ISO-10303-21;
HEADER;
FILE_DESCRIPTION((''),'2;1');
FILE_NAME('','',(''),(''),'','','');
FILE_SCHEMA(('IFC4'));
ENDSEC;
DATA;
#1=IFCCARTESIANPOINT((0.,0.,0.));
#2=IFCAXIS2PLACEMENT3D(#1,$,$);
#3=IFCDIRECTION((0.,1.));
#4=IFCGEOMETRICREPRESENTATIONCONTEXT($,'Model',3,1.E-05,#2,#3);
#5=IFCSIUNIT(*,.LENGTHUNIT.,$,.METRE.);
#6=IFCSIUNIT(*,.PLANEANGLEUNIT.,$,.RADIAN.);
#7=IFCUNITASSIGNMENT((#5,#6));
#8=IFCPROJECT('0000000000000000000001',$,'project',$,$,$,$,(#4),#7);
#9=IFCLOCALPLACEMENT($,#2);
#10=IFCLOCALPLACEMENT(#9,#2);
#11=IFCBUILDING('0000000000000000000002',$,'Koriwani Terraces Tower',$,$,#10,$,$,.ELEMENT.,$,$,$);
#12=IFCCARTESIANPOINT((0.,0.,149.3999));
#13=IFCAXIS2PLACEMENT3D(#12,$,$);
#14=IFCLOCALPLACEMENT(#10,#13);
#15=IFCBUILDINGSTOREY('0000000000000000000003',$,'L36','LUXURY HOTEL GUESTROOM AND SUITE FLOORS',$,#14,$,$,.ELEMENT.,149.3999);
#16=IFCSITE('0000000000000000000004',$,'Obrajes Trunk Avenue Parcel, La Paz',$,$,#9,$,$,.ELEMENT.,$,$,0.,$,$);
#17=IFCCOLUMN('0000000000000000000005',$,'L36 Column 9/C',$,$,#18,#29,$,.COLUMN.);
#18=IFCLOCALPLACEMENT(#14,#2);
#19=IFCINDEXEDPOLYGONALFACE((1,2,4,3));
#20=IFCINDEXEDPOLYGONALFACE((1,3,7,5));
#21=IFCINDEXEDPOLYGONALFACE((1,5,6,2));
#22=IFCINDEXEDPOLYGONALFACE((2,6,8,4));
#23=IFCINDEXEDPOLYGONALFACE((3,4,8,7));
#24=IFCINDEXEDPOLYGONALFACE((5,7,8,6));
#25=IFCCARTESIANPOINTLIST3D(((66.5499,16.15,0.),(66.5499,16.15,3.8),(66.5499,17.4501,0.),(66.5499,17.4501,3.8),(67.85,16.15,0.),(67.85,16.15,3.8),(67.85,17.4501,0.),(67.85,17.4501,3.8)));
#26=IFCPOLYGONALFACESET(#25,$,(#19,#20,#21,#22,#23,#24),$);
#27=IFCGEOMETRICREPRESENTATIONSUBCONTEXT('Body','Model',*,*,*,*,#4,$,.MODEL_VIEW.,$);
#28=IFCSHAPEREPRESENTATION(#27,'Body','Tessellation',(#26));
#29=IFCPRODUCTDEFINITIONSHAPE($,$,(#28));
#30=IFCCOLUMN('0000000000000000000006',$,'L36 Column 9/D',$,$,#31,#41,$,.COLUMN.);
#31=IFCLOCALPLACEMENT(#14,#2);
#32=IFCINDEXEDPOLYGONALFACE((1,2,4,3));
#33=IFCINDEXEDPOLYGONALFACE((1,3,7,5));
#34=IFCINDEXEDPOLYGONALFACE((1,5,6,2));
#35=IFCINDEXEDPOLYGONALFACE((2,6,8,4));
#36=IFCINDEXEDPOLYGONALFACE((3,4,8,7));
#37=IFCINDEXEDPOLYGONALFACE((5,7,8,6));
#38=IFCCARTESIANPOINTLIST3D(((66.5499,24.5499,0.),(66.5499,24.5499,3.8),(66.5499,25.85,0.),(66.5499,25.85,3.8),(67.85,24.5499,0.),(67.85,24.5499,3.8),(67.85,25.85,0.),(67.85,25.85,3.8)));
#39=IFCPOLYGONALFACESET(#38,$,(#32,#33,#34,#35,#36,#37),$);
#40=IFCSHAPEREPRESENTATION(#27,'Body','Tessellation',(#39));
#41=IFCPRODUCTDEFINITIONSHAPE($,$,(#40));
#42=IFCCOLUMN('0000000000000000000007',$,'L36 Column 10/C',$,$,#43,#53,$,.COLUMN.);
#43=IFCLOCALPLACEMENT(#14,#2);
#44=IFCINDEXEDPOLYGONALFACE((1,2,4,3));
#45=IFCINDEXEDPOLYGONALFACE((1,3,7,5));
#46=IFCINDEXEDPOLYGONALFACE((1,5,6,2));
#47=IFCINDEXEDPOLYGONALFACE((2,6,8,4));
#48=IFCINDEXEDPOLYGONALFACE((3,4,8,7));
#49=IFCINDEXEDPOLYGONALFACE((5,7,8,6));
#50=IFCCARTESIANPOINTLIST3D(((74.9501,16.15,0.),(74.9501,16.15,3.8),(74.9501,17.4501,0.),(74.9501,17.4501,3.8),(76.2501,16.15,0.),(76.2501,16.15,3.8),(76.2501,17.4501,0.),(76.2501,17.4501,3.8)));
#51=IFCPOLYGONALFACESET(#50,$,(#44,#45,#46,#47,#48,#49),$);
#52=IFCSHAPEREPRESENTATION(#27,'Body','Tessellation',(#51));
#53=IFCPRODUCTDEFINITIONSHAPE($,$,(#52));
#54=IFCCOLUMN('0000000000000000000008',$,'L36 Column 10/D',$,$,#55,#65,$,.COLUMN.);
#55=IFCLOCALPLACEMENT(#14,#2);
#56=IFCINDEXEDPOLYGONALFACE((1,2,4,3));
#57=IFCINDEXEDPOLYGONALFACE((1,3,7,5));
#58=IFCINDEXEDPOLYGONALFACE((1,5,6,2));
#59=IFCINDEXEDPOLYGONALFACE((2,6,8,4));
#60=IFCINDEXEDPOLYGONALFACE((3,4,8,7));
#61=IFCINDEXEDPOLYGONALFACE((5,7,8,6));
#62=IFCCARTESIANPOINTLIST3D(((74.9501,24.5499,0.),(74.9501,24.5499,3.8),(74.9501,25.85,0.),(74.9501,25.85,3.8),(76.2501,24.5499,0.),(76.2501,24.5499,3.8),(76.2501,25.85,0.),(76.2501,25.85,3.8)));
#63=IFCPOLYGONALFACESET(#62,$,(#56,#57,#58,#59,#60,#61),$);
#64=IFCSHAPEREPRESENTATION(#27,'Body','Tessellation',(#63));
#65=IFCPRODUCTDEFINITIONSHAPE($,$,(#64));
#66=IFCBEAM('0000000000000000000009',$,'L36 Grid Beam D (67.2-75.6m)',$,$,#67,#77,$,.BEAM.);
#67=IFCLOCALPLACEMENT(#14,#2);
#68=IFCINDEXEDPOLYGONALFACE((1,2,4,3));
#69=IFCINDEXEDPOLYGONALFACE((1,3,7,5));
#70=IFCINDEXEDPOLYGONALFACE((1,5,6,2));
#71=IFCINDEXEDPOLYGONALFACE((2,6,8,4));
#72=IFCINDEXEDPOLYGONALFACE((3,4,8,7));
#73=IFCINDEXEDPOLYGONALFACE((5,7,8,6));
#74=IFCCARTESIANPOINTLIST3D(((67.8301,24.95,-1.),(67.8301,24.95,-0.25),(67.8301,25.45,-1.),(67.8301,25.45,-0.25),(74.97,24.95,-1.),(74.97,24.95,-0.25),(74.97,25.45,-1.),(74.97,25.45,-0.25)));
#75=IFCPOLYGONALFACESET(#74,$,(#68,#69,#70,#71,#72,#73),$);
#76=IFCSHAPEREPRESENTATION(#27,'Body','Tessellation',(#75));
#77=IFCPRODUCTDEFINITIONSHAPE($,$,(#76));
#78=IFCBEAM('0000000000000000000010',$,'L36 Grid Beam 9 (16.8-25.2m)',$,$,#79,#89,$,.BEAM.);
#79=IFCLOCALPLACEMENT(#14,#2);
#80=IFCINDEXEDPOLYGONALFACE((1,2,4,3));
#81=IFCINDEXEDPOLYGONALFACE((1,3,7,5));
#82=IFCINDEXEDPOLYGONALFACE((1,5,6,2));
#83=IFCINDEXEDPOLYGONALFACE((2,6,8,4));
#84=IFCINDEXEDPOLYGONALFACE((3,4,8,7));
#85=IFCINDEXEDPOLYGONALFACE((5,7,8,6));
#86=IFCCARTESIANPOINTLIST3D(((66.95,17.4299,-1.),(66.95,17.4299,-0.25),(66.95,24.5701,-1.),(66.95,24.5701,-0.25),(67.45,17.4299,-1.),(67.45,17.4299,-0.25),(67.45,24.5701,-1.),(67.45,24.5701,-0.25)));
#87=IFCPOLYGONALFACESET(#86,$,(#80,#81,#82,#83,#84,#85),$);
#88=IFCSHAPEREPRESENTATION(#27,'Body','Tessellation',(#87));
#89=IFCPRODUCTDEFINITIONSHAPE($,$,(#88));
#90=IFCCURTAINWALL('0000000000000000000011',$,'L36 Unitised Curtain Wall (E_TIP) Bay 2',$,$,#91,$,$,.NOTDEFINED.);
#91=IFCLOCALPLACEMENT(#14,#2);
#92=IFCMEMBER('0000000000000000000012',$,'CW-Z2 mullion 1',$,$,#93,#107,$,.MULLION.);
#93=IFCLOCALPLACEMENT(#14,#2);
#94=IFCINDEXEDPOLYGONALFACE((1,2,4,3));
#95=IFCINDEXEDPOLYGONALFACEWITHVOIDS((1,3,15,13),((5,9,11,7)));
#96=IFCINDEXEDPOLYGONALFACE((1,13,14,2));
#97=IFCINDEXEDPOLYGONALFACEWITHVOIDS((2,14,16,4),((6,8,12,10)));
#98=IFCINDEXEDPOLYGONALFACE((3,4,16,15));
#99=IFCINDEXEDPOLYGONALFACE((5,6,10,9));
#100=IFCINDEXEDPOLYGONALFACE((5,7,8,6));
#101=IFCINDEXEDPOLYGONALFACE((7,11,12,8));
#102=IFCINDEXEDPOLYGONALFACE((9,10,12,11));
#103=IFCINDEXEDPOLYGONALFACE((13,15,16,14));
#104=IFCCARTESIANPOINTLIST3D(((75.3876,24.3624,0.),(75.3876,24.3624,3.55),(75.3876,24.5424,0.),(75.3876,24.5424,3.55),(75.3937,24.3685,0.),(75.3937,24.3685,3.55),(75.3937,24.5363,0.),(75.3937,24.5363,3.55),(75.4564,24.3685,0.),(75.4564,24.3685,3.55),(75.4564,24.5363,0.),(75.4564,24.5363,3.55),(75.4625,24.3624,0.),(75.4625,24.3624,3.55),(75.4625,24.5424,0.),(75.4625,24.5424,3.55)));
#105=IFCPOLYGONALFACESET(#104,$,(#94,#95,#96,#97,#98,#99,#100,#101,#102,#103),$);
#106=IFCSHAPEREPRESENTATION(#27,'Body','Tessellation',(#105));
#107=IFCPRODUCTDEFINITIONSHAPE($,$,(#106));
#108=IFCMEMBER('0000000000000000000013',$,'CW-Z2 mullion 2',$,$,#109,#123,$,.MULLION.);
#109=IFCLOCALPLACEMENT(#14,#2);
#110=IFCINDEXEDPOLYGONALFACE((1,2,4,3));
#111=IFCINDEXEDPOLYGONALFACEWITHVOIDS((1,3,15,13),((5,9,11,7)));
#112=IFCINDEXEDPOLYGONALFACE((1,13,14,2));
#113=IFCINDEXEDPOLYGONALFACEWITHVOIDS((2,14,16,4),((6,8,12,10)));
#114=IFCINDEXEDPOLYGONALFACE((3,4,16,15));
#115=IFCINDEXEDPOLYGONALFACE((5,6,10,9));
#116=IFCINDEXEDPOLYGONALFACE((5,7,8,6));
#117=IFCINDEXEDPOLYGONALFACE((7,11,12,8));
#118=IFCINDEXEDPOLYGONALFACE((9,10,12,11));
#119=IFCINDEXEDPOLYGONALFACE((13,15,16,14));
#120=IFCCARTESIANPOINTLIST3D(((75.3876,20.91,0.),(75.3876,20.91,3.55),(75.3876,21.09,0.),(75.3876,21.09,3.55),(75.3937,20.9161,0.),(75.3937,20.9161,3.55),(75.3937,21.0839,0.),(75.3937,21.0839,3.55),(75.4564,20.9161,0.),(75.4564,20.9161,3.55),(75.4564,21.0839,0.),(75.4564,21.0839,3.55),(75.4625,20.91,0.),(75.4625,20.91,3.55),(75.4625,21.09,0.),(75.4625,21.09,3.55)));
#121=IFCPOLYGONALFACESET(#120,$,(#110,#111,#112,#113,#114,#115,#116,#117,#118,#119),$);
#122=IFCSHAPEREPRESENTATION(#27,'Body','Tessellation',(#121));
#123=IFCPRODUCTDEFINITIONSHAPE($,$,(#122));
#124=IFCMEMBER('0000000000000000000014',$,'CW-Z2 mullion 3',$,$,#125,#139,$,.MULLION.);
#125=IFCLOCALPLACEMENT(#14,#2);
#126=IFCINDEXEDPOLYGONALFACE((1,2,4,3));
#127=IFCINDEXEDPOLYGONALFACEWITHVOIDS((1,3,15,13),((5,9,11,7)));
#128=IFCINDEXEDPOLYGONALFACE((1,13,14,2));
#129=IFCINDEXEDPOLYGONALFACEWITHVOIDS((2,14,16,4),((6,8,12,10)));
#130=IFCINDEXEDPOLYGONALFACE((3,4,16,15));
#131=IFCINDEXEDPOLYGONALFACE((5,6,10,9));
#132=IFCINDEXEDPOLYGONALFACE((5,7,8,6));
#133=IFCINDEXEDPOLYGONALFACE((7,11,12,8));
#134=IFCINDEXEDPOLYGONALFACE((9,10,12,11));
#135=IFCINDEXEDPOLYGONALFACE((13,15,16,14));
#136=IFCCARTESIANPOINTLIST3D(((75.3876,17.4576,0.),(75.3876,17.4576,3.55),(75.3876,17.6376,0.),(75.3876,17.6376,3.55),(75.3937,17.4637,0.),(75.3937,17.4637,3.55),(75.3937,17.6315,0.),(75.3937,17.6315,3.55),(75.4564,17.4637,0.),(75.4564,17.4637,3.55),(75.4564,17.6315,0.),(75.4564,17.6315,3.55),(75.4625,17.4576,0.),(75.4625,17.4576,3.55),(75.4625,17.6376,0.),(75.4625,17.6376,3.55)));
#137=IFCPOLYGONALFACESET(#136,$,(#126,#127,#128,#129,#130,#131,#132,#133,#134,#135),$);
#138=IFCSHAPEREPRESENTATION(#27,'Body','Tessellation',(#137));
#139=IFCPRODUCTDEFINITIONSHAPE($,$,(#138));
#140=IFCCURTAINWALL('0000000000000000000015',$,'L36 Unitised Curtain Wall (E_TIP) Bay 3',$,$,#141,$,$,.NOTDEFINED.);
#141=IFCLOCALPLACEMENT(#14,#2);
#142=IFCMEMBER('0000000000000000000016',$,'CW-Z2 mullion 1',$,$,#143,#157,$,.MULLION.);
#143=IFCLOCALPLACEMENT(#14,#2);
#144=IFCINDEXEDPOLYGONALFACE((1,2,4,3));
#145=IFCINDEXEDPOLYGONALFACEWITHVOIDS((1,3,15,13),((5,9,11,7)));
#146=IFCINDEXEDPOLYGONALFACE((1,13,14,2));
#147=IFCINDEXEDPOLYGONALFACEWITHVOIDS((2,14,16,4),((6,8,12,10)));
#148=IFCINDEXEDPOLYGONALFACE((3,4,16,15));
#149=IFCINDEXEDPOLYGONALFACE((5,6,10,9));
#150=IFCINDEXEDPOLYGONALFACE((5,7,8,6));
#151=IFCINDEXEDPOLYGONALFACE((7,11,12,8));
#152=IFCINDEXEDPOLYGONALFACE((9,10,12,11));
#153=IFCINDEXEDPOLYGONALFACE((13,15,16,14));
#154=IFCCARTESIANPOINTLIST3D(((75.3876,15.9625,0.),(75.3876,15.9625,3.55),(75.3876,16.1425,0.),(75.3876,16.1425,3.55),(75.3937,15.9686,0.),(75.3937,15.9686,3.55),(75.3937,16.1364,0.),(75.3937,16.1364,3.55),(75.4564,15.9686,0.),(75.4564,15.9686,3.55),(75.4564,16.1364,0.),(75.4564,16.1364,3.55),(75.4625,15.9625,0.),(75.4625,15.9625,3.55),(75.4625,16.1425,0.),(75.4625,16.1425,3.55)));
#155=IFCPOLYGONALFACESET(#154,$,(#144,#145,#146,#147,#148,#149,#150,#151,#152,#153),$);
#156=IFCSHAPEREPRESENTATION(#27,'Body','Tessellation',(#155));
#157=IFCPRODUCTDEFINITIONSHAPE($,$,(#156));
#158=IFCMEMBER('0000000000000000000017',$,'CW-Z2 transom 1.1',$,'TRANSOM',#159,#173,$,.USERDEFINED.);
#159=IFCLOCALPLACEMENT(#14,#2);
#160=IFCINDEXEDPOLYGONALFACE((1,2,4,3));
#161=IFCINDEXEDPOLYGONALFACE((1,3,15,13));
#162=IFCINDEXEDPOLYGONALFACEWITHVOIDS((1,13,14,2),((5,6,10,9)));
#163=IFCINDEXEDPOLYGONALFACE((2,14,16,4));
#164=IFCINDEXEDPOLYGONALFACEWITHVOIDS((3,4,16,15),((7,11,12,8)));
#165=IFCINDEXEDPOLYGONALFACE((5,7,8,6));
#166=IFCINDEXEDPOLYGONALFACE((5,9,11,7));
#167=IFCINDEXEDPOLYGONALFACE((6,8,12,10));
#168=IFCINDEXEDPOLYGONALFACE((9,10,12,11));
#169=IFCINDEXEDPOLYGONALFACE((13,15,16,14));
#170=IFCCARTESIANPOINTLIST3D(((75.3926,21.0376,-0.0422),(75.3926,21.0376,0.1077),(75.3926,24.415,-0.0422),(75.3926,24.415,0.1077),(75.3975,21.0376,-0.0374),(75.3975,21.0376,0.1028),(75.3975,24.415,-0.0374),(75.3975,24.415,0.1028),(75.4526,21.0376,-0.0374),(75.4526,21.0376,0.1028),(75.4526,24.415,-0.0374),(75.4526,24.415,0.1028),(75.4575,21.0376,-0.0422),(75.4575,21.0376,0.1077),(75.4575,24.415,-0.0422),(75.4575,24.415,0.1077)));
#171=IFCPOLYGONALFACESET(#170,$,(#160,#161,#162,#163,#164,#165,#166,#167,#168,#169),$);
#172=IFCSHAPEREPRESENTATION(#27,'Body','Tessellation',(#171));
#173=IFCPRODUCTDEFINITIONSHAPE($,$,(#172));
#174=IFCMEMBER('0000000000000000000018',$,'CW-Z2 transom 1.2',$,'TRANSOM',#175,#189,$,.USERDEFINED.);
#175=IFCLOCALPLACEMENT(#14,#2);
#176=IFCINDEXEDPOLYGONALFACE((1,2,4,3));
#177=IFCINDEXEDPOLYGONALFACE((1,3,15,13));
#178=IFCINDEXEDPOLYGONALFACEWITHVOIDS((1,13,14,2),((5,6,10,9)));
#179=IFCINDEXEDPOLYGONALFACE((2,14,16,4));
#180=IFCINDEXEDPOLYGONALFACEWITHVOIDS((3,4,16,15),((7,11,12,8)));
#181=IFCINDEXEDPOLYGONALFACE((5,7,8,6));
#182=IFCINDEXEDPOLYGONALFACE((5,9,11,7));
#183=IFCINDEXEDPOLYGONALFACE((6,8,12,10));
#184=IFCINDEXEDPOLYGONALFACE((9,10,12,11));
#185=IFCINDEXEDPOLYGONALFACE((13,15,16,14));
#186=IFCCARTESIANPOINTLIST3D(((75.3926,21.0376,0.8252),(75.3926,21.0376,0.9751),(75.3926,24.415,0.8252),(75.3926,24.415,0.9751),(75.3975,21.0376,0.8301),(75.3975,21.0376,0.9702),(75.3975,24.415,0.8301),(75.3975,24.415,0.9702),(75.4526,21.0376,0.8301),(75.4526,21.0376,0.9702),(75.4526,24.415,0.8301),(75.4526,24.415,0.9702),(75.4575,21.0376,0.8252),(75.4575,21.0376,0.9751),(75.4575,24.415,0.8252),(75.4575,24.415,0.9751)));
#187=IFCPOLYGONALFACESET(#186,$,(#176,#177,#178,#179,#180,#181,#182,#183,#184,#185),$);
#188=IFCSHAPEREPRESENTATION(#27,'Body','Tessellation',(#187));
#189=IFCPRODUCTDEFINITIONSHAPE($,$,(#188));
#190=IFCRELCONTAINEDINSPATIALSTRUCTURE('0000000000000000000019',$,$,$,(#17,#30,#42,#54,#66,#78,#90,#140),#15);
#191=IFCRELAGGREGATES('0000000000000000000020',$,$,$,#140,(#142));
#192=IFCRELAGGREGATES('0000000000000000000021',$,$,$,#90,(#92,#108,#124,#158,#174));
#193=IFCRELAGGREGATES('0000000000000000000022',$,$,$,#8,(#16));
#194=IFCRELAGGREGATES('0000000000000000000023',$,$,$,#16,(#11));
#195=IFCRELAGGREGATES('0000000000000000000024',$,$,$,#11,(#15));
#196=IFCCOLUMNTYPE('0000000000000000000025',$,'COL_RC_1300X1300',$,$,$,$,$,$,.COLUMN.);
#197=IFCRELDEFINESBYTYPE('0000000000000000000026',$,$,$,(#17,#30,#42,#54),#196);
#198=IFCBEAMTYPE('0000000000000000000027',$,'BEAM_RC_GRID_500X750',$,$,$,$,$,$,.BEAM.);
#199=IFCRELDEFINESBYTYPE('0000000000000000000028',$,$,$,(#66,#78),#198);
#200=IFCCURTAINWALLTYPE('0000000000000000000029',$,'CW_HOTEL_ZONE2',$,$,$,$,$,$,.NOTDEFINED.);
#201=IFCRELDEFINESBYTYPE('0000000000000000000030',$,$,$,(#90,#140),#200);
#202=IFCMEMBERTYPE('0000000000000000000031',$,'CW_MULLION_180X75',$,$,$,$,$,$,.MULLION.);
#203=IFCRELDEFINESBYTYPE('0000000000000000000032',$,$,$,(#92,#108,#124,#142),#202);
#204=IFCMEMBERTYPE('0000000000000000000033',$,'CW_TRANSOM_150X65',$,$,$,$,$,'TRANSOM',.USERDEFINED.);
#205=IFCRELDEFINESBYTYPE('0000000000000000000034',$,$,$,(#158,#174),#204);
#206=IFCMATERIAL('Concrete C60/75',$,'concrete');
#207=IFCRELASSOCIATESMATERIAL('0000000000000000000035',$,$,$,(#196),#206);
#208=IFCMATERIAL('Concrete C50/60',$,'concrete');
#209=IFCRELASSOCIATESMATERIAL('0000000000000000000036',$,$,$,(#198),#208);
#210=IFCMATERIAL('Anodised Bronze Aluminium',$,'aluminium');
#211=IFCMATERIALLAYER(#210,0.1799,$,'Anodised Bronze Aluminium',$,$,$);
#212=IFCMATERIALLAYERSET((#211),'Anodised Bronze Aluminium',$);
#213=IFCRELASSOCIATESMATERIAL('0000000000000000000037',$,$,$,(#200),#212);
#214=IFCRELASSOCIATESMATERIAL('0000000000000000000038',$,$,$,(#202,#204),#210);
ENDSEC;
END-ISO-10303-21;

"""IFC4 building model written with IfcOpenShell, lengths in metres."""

from ifc_helpers import new_model, si_unit, direction, frame, origin, origin_2d, place, context, subcontext, project, spatial, rectangle, hollow_rectangle, extrude, material, layer, layer_set, material_profile, profile_set, type_object, element, aggregate, save


model = new_model("IFC4")

# Units and contexts
model_context = context("Model", 3, precision=1e-05, world=origin(), true_north=direction((0.0, 1.0)))
body_context = subcontext(model_context, "Body", "Model", "MODEL_VIEW")
ifc_project = project(units=[si_unit("LENGTHUNIT", "METRE"), si_unit("PLANEANGLEUNIT", "RADIAN")], contexts=[model_context])

# Site, building, storey
site_placement = place(None, origin())
site = spatial("IfcSite", under=ifc_project, at=site_placement, Name="Obrajes Trunk Avenue Parcel, La Paz", CompositionType="ELEMENT", RefElevation=0.0)
building_placement = place(site_placement, origin())
building = spatial("IfcBuilding", under=site, at=building_placement, Name="Koriwani Terraces Tower", CompositionType="ELEMENT")
storey_placement = place(building_placement, frame((0.0, 0.0, 149.3999)))
storey = spatial("IfcBuildingStorey", under=building, at=storey_placement, Name="L36", Description="LUXURY HOTEL GUESTROOM AND SUITE FLOORS", CompositionType="ELEMENT", Elevation=149.3999)

# Columns
ifc_material_1 = material(Name="Concrete C60/75", Category="concrete")
ifc_material_profile_1 = material_profile(ifc_material_1, rectangle(XDim=1.3, YDim=1.3, at=origin_2d()), Name="Concrete C60/75", Category="LoadBearing")
ifc_profile_set_1 = profile_set([ifc_material_profile_1], Name="Concrete C60/75")
column_type = type_object("IfcColumnType", Name="COL_RC_1300X1300", PredefinedType="COLUMN", material=ifc_profile_set_1)
for number, where, z_axis, x_axis, name in (
    (1, (67.2, 16.8, 0.0), (0.0, 0.0, 1.0), (1.0, 0.0, 0.0), "L36 Column 9/C"),
    (2, (67.2, 25.2, 0.0), (0.0, 0.0, 1.0), (1.0, 0.0, 0.0), "L36 Column 9/D"),
    (3, (75.6001, 16.8, 0.0), (0.0, 0.0, 1.0), (1.0, 0.0, 0.0), "L36 Column 10/C"),
    (4, (75.6001, 25.2, 0.0), (0.0, 0.0, 1.0), (1.0, 0.0, 0.0), "L36 Column 10/D"),
):
    element("IfcColumn", number, at=place(storey_placement, frame(where, z_axis=z_axis, x_axis=x_axis)), inside=storey, type_object=column_type, Name=name, PredefinedType="COLUMN", context=body_context, shape_type="SweptSolid", body=[
        extrude(rectangle(XDim=1.3, YDim=1.3, at=origin_2d()), origin(), (0.0, 0.0, 1.0), 3.8),
    ])

# Beams
ifc_material_2 = material(Name="Concrete C50/60", Category="concrete")
ifc_material_profile_2 = material_profile(ifc_material_2, rectangle(XDim=0.5, YDim=0.75, at=origin_2d()), Name="Concrete C50/60", Category="LoadBearing")
ifc_profile_set_2 = profile_set([ifc_material_profile_2], Name="Concrete C50/60")
beam_type_1 = type_object("IfcBeamType", Name="BEAM_RC_GRID_500X750", PredefinedType="BEAM", material=ifc_profile_set_2)
beam_1_placement = place(storey_placement, frame((67.8301, 25.2, -0.625), z_axis=(1.0, 0.0, 0.0), x_axis=(0.0, 1.0, 0.0)))
element("IfcBeam", 5, at=beam_1_placement, inside=storey, type_object=beam_type_1, Name="L36 Grid Beam D (67.2-75.6m)", PredefinedType="BEAM", context=body_context, shape_type="SweptSolid", body=[
    extrude(rectangle(XDim=0.5, YDim=0.75, at=origin_2d()), origin(), (0.0, 0.0, 1.0), 7.1399),
])
beam_2_placement = place(storey_placement, frame((67.2, 17.4299, -0.625), z_axis=(0.0, 1.0, 0.0), x_axis=(-1.0, 0.0, 0.0)))
element("IfcBeam", 6, at=beam_2_placement, inside=storey, type_object=beam_type_1, Name="L36 Grid Beam 9 (16.8-25.2m)", PredefinedType="BEAM", context=body_context, shape_type="SweptSolid", body=[
    extrude(rectangle(XDim=0.5, YDim=0.75, at=origin_2d()), origin(), (0.0, 0.0, 1.0), 7.1401),
])

# Curtain wall, members
ifc_material_3 = material(Name="Anodised Bronze Aluminium", Category="aluminium")
ifc_layer_1 = layer(ifc_material_3, 0.1799, Name="Anodised Bronze Aluminium")
ifc_layer_set_1 = layer_set([ifc_layer_1], Name="Anodised Bronze Aluminium")
curtain_wall_type = type_object("IfcCurtainWallType", Name="CW_HOTEL_ZONE2", PredefinedType="NOTDEFINED", material=ifc_layer_set_1)
curtain_wall_1_placement = place(storey_placement, origin())
curtain_wall_1 = element("IfcCurtainWall", 7, at=curtain_wall_1_placement, inside=storey, type_object=curtain_wall_type, Name="L36 Unitised Curtain Wall (E_TIP) Bay 2", PredefinedType="NOTDEFINED")
ifc_material_profile_3 = material_profile(ifc_material_3, hollow_rectangle(XDim=0.075, YDim=0.1799, WallThickness=0.0061, at=origin_2d()), Name="Anodised Bronze Aluminium", Category="LoadBearing")
ifc_profile_set_3 = profile_set([ifc_material_profile_3], Name="Anodised Bronze Aluminium")
member_type_1 = type_object("IfcMemberType", Name="CW_MULLION_180X75", PredefinedType="MULLION", material=ifc_profile_set_3)
member_1_placement = place(storey_placement, frame((75.425, 24.4524, 0.0), z_axis=(0.0, 0.0, 1.0), x_axis=(1.0, 0.0, 0.0)))
member_1 = element("IfcMember", 8, at=member_1_placement, type_object=member_type_1, Name="CW-Z2 mullion 1", PredefinedType="MULLION", context=body_context, shape_type="SweptSolid", body=[
    extrude(hollow_rectangle(XDim=0.075, YDim=0.1799, WallThickness=0.0061, at=origin_2d()), origin(), (0.0, 0.0, 1.0), 3.55),
])
member_2_placement = place(storey_placement, frame((75.425, 21.0, 0.0), z_axis=(0.0, 0.0, 1.0), x_axis=(1.0, 0.0, 0.0)))
member_2 = element("IfcMember", 9, at=member_2_placement, type_object=member_type_1, Name="CW-Z2 mullion 2", PredefinedType="MULLION", context=body_context, shape_type="SweptSolid", body=[
    extrude(hollow_rectangle(XDim=0.075, YDim=0.1799, WallThickness=0.0061, at=origin_2d()), origin(), (0.0, 0.0, 1.0), 3.55),
])
member_3_placement = place(storey_placement, frame((75.425, 17.5476, 0.0), z_axis=(0.0, 0.0, 1.0), x_axis=(1.0, 0.0, 0.0)))
member_3 = element("IfcMember", 10, at=member_3_placement, type_object=member_type_1, Name="CW-Z2 mullion 3", PredefinedType="MULLION", context=body_context, shape_type="SweptSolid", body=[
    extrude(hollow_rectangle(XDim=0.075, YDim=0.1799, WallThickness=0.0061, at=origin_2d()), origin(), (0.0, 0.0, 1.0), 3.55),
])

# Curtain wall, member
curtain_wall_2_placement = place(storey_placement, origin())
curtain_wall_2 = element("IfcCurtainWall", 11, at=curtain_wall_2_placement, inside=storey, type_object=curtain_wall_type, Name="L36 Unitised Curtain Wall (E_TIP) Bay 3", PredefinedType="NOTDEFINED")
member_4_placement = place(storey_placement, frame((75.425, 16.0525, 0.0), z_axis=(0.0, 0.0, 1.0), x_axis=(1.0, 0.0, 0.0)))
member_4 = element("IfcMember", 12, at=member_4_placement, type_object=member_type_1, Name="CW-Z2 mullion 1", PredefinedType="MULLION", context=body_context, shape_type="SweptSolid", body=[
    extrude(hollow_rectangle(XDim=0.075, YDim=0.1799, WallThickness=0.0061, at=origin_2d()), origin(), (0.0, 0.0, 1.0), 3.55),
])

# Members
ifc_material_profile_4 = material_profile(ifc_material_3, hollow_rectangle(XDim=0.0649, YDim=0.1499, WallThickness=0.0049, at=origin_2d()), Name="Anodised Bronze Aluminium", Category="LoadBearing")
ifc_profile_set_4 = profile_set([ifc_material_profile_4], Name="Anodised Bronze Aluminium")
member_type_2 = type_object("IfcMemberType", Name="CW_TRANSOM_150X65", ElementType="TRANSOM", PredefinedType="USERDEFINED", material=ifc_profile_set_4)
member_5_placement = place(storey_placement, frame((75.425, 24.415, 0.0327), z_axis=(0.0, -1.0, 0.0), x_axis=(1.0, 0.0, 0.0)))
member_5 = element("IfcMember", 13, at=member_5_placement, type_object=member_type_2, Name="CW-Z2 transom 1.1", ObjectType="TRANSOM", PredefinedType="USERDEFINED", context=body_context, shape_type="SweptSolid", body=[
    extrude(hollow_rectangle(XDim=0.0649, YDim=0.1499, WallThickness=0.0049, at=origin_2d()), origin(), (0.0, 0.0, 1.0), 3.3774),
])
member_6_placement = place(storey_placement, frame((75.425, 24.415, 0.9001), z_axis=(0.0, -1.0, 0.0), x_axis=(1.0, 0.0, 0.0)))
member_6 = element("IfcMember", 14, at=member_6_placement, type_object=member_type_2, Name="CW-Z2 transom 1.2", ObjectType="TRANSOM", PredefinedType="USERDEFINED", context=body_context, shape_type="SweptSolid", body=[
    extrude(hollow_rectangle(XDim=0.0649, YDim=0.1499, WallThickness=0.0049, at=origin_2d()), origin(), (0.0, 0.0, 1.0), 3.3774),
])
aggregate(curtain_wall_2, [member_4])

aggregate(curtain_wall_1, [member_1, member_2, member_3, member_5, member_6])

save(model, "model.ifc")
